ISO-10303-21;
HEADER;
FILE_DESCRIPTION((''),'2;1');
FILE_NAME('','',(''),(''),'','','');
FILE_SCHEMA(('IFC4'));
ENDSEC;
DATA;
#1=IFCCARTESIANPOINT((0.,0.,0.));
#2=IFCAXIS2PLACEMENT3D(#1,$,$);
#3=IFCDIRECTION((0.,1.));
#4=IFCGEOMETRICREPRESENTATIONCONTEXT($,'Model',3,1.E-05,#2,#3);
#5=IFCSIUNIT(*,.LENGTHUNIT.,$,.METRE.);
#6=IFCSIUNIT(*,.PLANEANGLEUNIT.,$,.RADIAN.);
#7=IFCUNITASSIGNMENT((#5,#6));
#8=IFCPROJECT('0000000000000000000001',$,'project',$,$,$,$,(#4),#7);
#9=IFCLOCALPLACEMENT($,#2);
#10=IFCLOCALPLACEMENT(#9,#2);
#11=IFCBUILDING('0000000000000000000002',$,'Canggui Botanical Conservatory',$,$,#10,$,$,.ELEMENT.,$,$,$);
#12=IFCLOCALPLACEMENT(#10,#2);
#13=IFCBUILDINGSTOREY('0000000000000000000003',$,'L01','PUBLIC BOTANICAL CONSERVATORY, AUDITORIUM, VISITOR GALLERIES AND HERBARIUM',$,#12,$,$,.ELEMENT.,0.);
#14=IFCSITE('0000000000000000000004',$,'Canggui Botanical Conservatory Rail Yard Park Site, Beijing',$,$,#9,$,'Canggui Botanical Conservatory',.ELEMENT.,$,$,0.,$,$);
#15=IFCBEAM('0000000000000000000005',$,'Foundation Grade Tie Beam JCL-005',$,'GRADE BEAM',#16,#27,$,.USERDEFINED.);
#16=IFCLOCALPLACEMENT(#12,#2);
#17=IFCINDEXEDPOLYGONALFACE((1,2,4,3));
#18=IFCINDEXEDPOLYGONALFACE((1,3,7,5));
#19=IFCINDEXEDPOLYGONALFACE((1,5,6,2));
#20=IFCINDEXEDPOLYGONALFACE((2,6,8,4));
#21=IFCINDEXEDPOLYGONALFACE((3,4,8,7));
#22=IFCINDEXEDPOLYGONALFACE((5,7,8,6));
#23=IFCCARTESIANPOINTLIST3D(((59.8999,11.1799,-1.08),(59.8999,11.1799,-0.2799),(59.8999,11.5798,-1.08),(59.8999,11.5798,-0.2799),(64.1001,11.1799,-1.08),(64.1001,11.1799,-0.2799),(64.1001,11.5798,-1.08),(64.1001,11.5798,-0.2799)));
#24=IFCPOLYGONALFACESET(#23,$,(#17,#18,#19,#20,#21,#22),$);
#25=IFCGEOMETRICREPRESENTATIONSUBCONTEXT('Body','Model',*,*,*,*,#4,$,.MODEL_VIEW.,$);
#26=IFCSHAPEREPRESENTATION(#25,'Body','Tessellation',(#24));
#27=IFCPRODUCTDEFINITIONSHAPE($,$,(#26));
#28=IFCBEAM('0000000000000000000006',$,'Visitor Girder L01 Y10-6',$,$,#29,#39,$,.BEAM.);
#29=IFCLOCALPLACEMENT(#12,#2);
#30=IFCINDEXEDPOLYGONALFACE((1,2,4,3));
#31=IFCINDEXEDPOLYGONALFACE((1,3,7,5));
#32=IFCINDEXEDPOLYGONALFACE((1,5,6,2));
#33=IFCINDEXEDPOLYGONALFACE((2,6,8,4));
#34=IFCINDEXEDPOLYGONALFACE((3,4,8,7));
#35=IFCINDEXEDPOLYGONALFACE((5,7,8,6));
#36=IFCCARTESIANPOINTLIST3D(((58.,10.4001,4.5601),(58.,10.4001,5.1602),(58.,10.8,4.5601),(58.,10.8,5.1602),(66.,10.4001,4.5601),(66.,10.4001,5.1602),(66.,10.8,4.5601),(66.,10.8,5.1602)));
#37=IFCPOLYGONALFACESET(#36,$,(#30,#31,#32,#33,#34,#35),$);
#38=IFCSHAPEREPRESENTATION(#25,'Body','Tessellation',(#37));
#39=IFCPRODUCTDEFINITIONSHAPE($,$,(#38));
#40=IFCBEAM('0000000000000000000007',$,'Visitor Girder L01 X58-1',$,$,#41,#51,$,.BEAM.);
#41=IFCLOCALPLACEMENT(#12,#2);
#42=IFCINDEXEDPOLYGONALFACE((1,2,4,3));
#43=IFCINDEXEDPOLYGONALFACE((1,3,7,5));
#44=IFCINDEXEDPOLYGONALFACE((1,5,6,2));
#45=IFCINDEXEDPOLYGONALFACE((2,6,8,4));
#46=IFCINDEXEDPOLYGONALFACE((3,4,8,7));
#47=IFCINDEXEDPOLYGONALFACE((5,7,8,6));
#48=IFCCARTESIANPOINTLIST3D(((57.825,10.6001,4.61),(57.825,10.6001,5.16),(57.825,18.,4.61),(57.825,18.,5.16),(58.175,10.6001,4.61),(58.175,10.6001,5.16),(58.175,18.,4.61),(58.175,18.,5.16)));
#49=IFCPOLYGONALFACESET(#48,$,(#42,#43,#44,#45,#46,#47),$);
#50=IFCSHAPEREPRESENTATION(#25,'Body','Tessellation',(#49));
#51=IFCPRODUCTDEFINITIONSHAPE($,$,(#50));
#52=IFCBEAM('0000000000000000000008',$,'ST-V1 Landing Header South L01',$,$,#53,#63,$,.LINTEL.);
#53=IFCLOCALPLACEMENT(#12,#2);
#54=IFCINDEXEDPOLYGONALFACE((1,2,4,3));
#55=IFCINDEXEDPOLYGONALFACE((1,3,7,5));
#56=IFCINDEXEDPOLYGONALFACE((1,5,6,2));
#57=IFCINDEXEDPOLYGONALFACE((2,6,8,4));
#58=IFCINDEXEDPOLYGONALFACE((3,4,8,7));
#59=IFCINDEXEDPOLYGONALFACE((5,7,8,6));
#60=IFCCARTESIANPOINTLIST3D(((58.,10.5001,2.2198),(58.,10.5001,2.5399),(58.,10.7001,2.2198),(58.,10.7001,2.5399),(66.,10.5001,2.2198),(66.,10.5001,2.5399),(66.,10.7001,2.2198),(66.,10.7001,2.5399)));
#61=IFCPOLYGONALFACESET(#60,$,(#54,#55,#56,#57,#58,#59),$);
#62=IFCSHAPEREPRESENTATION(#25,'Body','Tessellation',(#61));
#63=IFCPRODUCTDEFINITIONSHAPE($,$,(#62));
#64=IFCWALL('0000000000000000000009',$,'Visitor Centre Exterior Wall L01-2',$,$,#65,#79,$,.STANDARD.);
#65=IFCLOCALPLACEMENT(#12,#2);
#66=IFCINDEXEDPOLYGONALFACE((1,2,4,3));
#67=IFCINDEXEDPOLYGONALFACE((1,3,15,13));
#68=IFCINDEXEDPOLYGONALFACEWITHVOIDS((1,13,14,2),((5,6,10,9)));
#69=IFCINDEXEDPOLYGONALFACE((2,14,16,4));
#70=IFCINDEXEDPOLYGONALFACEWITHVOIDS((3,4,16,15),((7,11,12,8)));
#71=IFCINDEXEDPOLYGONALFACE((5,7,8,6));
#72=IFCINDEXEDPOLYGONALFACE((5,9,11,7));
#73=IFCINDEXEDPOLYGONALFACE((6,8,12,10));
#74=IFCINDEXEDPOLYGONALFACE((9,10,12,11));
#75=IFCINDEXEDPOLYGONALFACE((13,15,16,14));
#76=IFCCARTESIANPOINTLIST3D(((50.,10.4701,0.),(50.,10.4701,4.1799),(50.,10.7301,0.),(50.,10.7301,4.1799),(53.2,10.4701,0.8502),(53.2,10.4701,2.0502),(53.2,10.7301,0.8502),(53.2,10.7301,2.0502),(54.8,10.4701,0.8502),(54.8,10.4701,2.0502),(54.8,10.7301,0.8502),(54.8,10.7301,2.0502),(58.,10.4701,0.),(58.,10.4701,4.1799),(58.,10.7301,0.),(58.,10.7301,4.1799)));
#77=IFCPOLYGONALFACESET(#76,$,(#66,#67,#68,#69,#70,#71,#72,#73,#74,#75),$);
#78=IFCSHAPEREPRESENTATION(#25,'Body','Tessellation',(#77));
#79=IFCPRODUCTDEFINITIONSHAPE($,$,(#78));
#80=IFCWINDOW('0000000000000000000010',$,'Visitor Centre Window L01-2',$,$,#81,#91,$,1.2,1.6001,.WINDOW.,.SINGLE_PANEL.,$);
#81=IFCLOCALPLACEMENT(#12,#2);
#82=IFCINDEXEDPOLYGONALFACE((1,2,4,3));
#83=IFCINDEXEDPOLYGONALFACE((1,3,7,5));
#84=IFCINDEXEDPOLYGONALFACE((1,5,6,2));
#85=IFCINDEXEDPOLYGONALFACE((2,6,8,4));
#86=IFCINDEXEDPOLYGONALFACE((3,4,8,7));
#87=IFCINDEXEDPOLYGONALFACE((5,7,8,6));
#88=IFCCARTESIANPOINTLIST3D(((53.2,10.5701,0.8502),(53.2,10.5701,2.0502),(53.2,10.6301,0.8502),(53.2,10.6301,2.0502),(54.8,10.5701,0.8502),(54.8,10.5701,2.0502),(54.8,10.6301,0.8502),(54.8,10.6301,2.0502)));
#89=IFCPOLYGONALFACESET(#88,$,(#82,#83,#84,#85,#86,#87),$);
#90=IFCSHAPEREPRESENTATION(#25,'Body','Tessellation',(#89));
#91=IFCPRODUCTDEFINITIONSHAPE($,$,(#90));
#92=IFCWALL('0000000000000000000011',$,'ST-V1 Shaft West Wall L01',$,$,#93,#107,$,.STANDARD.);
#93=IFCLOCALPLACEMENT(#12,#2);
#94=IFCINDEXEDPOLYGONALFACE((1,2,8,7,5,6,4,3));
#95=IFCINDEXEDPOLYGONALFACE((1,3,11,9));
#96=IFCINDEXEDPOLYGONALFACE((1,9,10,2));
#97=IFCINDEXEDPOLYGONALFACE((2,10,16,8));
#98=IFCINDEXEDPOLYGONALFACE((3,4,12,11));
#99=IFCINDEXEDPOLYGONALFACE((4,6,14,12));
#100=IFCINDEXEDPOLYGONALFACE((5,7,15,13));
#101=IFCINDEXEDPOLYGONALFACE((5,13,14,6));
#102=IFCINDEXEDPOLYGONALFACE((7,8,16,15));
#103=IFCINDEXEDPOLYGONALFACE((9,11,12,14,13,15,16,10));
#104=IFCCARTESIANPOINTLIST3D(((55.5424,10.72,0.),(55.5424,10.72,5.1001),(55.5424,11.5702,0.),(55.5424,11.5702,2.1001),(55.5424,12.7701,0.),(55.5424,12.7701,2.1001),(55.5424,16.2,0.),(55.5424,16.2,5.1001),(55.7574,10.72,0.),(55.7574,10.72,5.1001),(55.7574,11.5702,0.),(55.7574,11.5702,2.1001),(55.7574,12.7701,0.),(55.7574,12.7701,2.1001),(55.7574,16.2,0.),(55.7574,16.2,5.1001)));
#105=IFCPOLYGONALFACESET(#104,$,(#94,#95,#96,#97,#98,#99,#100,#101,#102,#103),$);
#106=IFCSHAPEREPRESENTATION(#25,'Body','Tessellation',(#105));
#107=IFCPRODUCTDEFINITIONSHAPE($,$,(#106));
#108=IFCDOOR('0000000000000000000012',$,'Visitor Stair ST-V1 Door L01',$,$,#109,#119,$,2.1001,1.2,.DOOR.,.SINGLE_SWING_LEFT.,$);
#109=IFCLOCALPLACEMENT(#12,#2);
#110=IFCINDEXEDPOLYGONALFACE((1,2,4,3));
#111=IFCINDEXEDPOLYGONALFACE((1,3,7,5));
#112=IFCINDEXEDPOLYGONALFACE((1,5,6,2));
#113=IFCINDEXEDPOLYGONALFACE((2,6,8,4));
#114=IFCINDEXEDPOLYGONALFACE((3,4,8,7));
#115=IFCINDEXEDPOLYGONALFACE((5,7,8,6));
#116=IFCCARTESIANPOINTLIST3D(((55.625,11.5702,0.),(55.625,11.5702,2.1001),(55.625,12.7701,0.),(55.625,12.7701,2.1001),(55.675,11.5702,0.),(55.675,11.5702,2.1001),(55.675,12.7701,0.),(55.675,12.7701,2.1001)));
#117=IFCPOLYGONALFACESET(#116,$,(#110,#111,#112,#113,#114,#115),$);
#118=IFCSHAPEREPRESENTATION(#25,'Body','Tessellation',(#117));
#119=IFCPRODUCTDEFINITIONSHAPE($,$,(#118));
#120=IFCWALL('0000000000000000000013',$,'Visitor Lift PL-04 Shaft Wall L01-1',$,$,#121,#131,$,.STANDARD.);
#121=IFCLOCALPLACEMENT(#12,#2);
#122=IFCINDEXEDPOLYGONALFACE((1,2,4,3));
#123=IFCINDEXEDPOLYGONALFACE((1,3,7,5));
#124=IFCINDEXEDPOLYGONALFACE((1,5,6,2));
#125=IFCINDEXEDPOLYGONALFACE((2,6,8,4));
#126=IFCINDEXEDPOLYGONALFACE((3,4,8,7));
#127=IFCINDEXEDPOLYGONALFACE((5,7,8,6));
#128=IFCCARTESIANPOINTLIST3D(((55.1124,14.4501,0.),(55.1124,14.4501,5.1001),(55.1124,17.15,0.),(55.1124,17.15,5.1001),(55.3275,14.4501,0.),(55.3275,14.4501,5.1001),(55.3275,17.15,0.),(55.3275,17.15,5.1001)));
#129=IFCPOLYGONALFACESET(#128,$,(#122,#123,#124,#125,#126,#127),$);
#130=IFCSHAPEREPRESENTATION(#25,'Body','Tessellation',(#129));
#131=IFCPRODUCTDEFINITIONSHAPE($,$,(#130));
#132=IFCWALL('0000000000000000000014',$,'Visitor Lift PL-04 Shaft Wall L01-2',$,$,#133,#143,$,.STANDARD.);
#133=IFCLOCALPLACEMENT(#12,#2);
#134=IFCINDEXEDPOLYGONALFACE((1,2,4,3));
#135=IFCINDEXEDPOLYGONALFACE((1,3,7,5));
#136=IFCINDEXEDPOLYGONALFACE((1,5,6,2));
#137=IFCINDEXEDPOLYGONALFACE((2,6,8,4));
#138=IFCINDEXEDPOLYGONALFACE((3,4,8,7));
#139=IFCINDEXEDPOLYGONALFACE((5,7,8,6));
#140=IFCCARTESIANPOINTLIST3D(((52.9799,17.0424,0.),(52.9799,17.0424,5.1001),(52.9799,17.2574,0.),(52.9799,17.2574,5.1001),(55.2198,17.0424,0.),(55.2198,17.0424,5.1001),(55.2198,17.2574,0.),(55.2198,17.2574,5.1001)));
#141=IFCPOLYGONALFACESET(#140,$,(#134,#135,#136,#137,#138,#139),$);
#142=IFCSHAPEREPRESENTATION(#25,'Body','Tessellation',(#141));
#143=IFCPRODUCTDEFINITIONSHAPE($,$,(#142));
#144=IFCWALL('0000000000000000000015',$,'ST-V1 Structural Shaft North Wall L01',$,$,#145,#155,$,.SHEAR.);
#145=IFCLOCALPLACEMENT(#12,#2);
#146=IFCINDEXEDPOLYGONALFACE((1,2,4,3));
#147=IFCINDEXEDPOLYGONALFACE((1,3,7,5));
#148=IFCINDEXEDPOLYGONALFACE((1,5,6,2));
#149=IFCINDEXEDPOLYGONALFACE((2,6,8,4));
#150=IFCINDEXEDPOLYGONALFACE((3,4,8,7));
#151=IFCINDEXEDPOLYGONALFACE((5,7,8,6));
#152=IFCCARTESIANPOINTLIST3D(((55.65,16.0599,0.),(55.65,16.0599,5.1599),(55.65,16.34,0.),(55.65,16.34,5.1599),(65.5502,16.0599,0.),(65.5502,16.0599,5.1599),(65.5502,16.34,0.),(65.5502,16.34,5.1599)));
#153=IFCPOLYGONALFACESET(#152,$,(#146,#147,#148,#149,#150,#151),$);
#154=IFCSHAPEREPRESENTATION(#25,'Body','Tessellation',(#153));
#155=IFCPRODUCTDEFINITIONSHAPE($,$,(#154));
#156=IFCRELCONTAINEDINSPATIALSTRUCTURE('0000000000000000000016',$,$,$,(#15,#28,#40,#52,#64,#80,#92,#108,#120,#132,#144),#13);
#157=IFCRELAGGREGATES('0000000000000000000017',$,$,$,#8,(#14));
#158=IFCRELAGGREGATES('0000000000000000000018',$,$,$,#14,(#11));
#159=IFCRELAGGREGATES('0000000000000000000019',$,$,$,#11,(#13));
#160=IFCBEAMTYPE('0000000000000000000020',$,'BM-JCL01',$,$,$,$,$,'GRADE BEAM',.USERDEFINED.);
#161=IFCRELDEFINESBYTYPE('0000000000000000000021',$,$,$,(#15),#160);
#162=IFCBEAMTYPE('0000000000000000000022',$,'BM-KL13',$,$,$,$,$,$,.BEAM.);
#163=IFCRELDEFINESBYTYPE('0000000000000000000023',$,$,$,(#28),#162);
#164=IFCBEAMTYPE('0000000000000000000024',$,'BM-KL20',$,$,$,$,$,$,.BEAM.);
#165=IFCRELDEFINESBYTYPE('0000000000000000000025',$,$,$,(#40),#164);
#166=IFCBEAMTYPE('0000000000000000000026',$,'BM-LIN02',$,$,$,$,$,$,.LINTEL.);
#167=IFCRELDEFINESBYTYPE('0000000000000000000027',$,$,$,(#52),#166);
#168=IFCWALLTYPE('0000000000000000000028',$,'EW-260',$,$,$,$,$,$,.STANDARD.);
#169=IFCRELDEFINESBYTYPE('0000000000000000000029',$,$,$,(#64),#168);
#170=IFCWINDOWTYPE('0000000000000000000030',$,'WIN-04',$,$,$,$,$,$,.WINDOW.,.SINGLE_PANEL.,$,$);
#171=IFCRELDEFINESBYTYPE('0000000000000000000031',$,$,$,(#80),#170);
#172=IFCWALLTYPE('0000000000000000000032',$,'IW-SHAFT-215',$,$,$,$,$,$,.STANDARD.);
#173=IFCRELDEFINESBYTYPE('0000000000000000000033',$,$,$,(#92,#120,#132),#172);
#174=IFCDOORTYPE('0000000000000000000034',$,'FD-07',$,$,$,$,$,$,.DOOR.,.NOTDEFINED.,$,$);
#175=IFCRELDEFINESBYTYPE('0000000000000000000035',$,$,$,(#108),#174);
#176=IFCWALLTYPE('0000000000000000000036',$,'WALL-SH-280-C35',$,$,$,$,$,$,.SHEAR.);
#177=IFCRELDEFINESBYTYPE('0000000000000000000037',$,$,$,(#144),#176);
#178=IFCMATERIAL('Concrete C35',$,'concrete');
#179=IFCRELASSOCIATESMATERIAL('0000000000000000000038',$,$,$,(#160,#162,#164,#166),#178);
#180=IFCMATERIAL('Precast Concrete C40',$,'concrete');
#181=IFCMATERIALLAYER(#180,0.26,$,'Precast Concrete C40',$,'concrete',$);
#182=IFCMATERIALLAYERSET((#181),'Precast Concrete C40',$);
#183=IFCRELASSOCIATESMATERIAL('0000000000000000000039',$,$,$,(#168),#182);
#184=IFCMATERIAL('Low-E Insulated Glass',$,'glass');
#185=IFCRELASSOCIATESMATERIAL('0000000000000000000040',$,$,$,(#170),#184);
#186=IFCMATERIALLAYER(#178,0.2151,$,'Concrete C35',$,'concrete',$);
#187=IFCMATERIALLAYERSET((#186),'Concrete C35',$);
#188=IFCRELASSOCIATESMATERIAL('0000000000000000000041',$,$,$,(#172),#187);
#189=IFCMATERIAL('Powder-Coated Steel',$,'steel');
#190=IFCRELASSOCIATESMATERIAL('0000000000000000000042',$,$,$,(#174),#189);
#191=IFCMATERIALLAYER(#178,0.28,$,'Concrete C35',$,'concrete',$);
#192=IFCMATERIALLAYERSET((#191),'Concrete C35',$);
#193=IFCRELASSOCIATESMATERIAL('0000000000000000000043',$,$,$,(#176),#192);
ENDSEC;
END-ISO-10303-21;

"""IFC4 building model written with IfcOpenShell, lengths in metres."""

from ifc_helpers import new_model, si_unit, direction, frame, frame_2d, origin, origin_2d, place, context, subcontext, project, spatial, rectangle, extrude, material, layer, layer_set, material_profile, profile_set, type_object, element, fill, save


model = new_model("IFC4")

# Units and contexts
model_context = context("Model", 3, precision=1e-05, world=origin(), true_north=direction((0.0, 1.0)))
body_context = subcontext(model_context, "Body", "Model", "MODEL_VIEW")
ifc_project = project(units=[si_unit("LENGTHUNIT", "METRE"), si_unit("PLANEANGLEUNIT", "RADIAN")], contexts=[model_context])

# Site, building, storey
site_placement = place(None, origin())
site = spatial("IfcSite", under=ifc_project, at=site_placement, Name="Canggui Botanical Conservatory Rail Yard Park Site, Beijing", LongName="Canggui Botanical Conservatory", CompositionType="ELEMENT", RefElevation=0.0)
building_placement = place(site_placement, origin())
building = spatial("IfcBuilding", under=site, at=building_placement, Name="Canggui Botanical Conservatory", CompositionType="ELEMENT")
storey_placement = place(building_placement, origin())
storey = spatial("IfcBuildingStorey", under=building, at=storey_placement, Name="L01", Description="PUBLIC BOTANICAL CONSERVATORY, AUDITORIUM, VISITOR GALLERIES AND HERBARIUM", CompositionType="ELEMENT", Elevation=0.0)

# Shared definitions
ifc_material_1 = material(Name="Concrete C35", Category="concrete")

# Beams
ifc_material_profile_1 = material_profile(ifc_material_1, rectangle(XDim=0.3999, YDim=0.8, at=origin_2d()), Name="RB 400x800")
ifc_profile_set_1 = profile_set([ifc_material_profile_1], Name="Concrete C35")
beam_type_1 = type_object("IfcBeamType", Name="BM-JCL01", ElementType="GRADE BEAM", PredefinedType="USERDEFINED", material=ifc_profile_set_1)
beam_1_placement = place(storey_placement, frame((59.8999, 11.3799, -0.6799), z_axis=(1.0, 0.0, 0.0), x_axis=(0.0, 1.0, 0.0)))
element("IfcBeam", 1, at=beam_1_placement, inside=storey, type_object=beam_type_1, Name="Foundation Grade Tie Beam JCL-005", ObjectType="GRADE BEAM", PredefinedType="USERDEFINED", context=body_context, shape_type="SweptSolid", body=[
    extrude(rectangle(XDim=0.3999, YDim=0.8, at=origin_2d()), origin(), (0.0, 0.0, 1.0), 4.2002),
])
ifc_material_profile_2 = material_profile(ifc_material_1, rectangle(XDim=0.3999, YDim=0.6001, at=origin_2d()), Name="RB 400x600")
ifc_profile_set_2 = profile_set([ifc_material_profile_2], Name="Concrete C35")
beam_type_2 = type_object("IfcBeamType", Name="BM-KL13", PredefinedType="BEAM", material=ifc_profile_set_2)
beam_2_placement = place(storey_placement, frame((58.0, 10.6001, 4.8601), z_axis=(1.0, 0.0, 0.0), x_axis=(0.0, 1.0, 0.0)))
element("IfcBeam", 2, at=beam_2_placement, inside=storey, type_object=beam_type_2, Name="Visitor Girder L01 Y10-6", PredefinedType="BEAM", context=body_context, shape_type="SweptSolid", body=[
    extrude(rectangle(XDim=0.3999, YDim=0.6001, at=origin_2d()), origin(), (0.0, 0.0, 1.0), 8.0),
])
ifc_material_profile_3 = material_profile(ifc_material_1, rectangle(XDim=0.3501, YDim=0.55, at=origin_2d()), Name="RB 350x550")
ifc_profile_set_3 = profile_set([ifc_material_profile_3], Name="Concrete C35")
beam_type_3 = type_object("IfcBeamType", Name="BM-KL20", PredefinedType="BEAM", material=ifc_profile_set_3)
beam_3_placement = place(storey_placement, frame((58.0, 10.6001, 4.885), z_axis=(0.0, 1.0, 0.0), x_axis=(-1.0, 0.0, 0.0)))
element("IfcBeam", 3, at=beam_3_placement, inside=storey, type_object=beam_type_3, Name="Visitor Girder L01 X58-1", PredefinedType="BEAM", context=body_context, shape_type="SweptSolid", body=[
    extrude(rectangle(XDim=0.3501, YDim=0.55, at=origin_2d()), origin(), (0.0, 0.0, 1.0), 7.3999),
])
ifc_material_profile_4 = material_profile(ifc_material_1, rectangle(XDim=0.2, YDim=0.3201, at=origin_2d()), Name="RB 200x320")
ifc_profile_set_4 = profile_set([ifc_material_profile_4], Name="Concrete C35")
beam_type_4 = type_object("IfcBeamType", Name="BM-LIN02", PredefinedType="LINTEL", material=ifc_profile_set_4)
beam_4_placement = place(storey_placement, frame((58.0, 10.6001, 2.3799), z_axis=(1.0, 0.0, 0.0), x_axis=(0.0, 1.0, 0.0)))
element("IfcBeam", 4, at=beam_4_placement, inside=storey, type_object=beam_type_4, Name="ST-V1 Landing Header South L01", PredefinedType="LINTEL", context=body_context, shape_type="SweptSolid", body=[
    extrude(rectangle(XDim=0.2, YDim=0.3201, at=origin_2d()), origin(), (0.0, 0.0, 1.0), 8.0),
])

# Wall, opening, window
ifc_material_2 = material(Name="Precast Concrete C40", Category="concrete")
ifc_layer_1 = layer(ifc_material_2, 0.26, Name="Precast Concrete C40", Category="concrete")
ifc_layer_set_1 = layer_set([ifc_layer_1], Name="Precast Concrete C40")
wall_type_1 = type_object("IfcWallType", Name="EW-260", PredefinedType="STANDARD", material=ifc_layer_set_1)
wall_1_placement = place(storey_placement, frame((58.0, 10.6001, 0.0), z_axis=(0.0, 0.0, 1.0), x_axis=(-1.0, 0.0, 0.0)))
wall_1 = element("IfcWall", 5, at=wall_1_placement, inside=storey, type_object=wall_type_1, Name="Visitor Centre Exterior Wall L01-2", PredefinedType="STANDARD", context=body_context, shape_type="SweptSolid", body=[
    extrude(rectangle(XDim=8.0, YDim=0.26, at=frame_2d((4.0, 0.0))), origin(), (0.0, 0.0, 1.0), 4.1799),
])
opening_1_placement = place(wall_1_placement, frame((3.2, 0.0, 0.8501)))
opening_1 = element("IfcOpeningElement", 6, at=opening_1_placement, cuts=wall_1, PredefinedType="OPENING", context=body_context, shape_type="SweptSolid", body=[
    extrude(rectangle(XDim=1.6001, YDim=1.2, at=frame_2d((0.8, 0.6001))), frame((0.0, 0.1401, 0.0), z_axis=(0.0, -1.0, 0.0), x_axis=(1.0, 0.0, 0.0)), (0.0, 0.0, 1.0), 0.28),
])
ifc_material_3 = material(Name="Low-E Insulated Glass", Category="glass")
window_type = type_object("IfcWindowType", Name="WIN-04", PartitioningType="SINGLE_PANEL", PredefinedType="WINDOW", material=ifc_material_3)
window_placement = place(opening_1_placement, origin())
window = element("IfcWindow", 7, at=window_placement, inside=storey, type_object=window_type, Name="Visitor Centre Window L01-2", OverallHeight=1.2, OverallWidth=1.6001, PartitioningType="SINGLE_PANEL", PredefinedType="WINDOW", context=body_context, shape_type="SweptSolid", body=[
    extrude(rectangle(XDim=1.6001, YDim=1.2, at=frame_2d((0.8, 0.6001))), frame((0.0, 0.03, 0.0), z_axis=(0.0, -1.0, 0.0), x_axis=(1.0, 0.0, 0.0)), (0.0, 0.0, 1.0), 0.0601),
])
fill(opening_1, window)

# Wall, opening, door
ifc_layer_2 = layer(ifc_material_1, 0.2151, Name="Concrete C35", Category="concrete")
ifc_layer_set_2 = layer_set([ifc_layer_2], Name="Concrete C35")
wall_type_2 = type_object("IfcWallType", Name="IW-SHAFT-215", PredefinedType="STANDARD", material=ifc_layer_set_2)
wall_2_placement = place(storey_placement, frame((55.6499, 10.72, 0.0), z_axis=(0.0, 0.0, 1.0), x_axis=(0.0, 1.0, 0.0)))
wall_2 = element("IfcWall", 8, at=wall_2_placement, inside=storey, type_object=wall_type_2, Name="ST-V1 Shaft West Wall L01", PredefinedType="STANDARD", context=body_context, shape_type="SweptSolid", body=[
    extrude(rectangle(XDim=5.48, YDim=0.2151, at=frame_2d((2.74, 0.0))), origin(), (0.0, 0.0, 1.0), 5.1001),
])
opening_2_placement = place(wall_2_placement, frame((0.8501, 0.0, 0.0)))
opening_2 = element("IfcOpeningElement", 9, at=opening_2_placement, cuts=wall_2, PredefinedType="OPENING", context=body_context, shape_type="SweptSolid", body=[
    extrude(rectangle(XDim=1.2, YDim=2.1001, at=frame_2d((0.6001, 1.05))), frame((0.0, 0.1177, 0.0), z_axis=(0.0, -1.0, 0.0), x_axis=(1.0, 0.0, 0.0)), (0.0, 0.0, 1.0), 0.2351),
])
ifc_material_4 = material(Name="Powder-Coated Steel", Category="steel")
door_type = type_object("IfcDoorType", Name="FD-07", OperationType="NOTDEFINED", PredefinedType="DOOR", material=ifc_material_4)
door_placement = place(opening_2_placement, origin())
door = element("IfcDoor", 10, at=door_placement, inside=storey, type_object=door_type, Name="Visitor Stair ST-V1 Door L01", OperationType="SINGLE_SWING_LEFT", OverallHeight=2.1001, OverallWidth=1.2, PredefinedType="DOOR", context=body_context, shape_type="SweptSolid", body=[
    extrude(rectangle(XDim=1.2, YDim=2.1001, at=frame_2d((0.6001, 1.05))), frame((0.0, 0.0249, 0.0), z_axis=(0.0, -1.0, 0.0), x_axis=(1.0, 0.0, 0.0)), (0.0, 0.0, 1.0), 0.05),
])
fill(opening_2, door)

# Walls
wall_3_placement = place(storey_placement, frame((55.22, 14.45, 0.0), z_axis=(0.0, 0.0, 1.0), x_axis=(0.0, 1.0, 0.0)))
element("IfcWall", 11, at=wall_3_placement, inside=storey, type_object=wall_type_2, Name="Visitor Lift PL-04 Shaft Wall L01-1", PredefinedType="STANDARD", context=body_context, shape_type="SweptSolid", body=[
    extrude(rectangle(XDim=2.7, YDim=0.2151, at=frame_2d((1.3501, 0.0))), origin(), (0.0, 0.0, 1.0), 5.1001),
])
wall_4_placement = place(storey_placement, frame((55.22, 17.1499, 0.0), z_axis=(0.0, 0.0, 1.0), x_axis=(-1.0, 0.0, 0.0)))
element("IfcWall", 12, at=wall_4_placement, inside=storey, type_object=wall_type_2, Name="Visitor Lift PL-04 Shaft Wall L01-2", PredefinedType="STANDARD", context=body_context, shape_type="SweptSolid", body=[
    extrude(rectangle(XDim=2.24, YDim=0.2151, at=frame_2d((1.1201, 0.0))), origin(), (0.0, 0.0, 1.0), 5.1001),
])
ifc_layer_3 = layer(ifc_material_1, 0.28, Name="Concrete C35", Category="concrete")
ifc_layer_set_3 = layer_set([ifc_layer_3], Name="Concrete C35")
wall_type_3 = type_object("IfcWallType", Name="WALL-SH-280-C35", PredefinedType="SHEAR", material=ifc_layer_set_3)
wall_5_placement = place(storey_placement, frame((55.6499, 16.2, 0.0), z_axis=(0.0, 0.0, 1.0), x_axis=(1.0, 0.0, 0.0)))
element("IfcWall", 13, at=wall_5_placement, inside=storey, type_object=wall_type_3, Name="ST-V1 Structural Shaft North Wall L01", PredefinedType="SHEAR", context=body_context, shape_type="SweptSolid", body=[
    extrude(rectangle(XDim=9.9001, YDim=0.28, at=frame_2d((4.9502, 0.0))), origin(), (0.0, 0.0, 1.0), 5.1599),
])

save(model, "model.ifc")
